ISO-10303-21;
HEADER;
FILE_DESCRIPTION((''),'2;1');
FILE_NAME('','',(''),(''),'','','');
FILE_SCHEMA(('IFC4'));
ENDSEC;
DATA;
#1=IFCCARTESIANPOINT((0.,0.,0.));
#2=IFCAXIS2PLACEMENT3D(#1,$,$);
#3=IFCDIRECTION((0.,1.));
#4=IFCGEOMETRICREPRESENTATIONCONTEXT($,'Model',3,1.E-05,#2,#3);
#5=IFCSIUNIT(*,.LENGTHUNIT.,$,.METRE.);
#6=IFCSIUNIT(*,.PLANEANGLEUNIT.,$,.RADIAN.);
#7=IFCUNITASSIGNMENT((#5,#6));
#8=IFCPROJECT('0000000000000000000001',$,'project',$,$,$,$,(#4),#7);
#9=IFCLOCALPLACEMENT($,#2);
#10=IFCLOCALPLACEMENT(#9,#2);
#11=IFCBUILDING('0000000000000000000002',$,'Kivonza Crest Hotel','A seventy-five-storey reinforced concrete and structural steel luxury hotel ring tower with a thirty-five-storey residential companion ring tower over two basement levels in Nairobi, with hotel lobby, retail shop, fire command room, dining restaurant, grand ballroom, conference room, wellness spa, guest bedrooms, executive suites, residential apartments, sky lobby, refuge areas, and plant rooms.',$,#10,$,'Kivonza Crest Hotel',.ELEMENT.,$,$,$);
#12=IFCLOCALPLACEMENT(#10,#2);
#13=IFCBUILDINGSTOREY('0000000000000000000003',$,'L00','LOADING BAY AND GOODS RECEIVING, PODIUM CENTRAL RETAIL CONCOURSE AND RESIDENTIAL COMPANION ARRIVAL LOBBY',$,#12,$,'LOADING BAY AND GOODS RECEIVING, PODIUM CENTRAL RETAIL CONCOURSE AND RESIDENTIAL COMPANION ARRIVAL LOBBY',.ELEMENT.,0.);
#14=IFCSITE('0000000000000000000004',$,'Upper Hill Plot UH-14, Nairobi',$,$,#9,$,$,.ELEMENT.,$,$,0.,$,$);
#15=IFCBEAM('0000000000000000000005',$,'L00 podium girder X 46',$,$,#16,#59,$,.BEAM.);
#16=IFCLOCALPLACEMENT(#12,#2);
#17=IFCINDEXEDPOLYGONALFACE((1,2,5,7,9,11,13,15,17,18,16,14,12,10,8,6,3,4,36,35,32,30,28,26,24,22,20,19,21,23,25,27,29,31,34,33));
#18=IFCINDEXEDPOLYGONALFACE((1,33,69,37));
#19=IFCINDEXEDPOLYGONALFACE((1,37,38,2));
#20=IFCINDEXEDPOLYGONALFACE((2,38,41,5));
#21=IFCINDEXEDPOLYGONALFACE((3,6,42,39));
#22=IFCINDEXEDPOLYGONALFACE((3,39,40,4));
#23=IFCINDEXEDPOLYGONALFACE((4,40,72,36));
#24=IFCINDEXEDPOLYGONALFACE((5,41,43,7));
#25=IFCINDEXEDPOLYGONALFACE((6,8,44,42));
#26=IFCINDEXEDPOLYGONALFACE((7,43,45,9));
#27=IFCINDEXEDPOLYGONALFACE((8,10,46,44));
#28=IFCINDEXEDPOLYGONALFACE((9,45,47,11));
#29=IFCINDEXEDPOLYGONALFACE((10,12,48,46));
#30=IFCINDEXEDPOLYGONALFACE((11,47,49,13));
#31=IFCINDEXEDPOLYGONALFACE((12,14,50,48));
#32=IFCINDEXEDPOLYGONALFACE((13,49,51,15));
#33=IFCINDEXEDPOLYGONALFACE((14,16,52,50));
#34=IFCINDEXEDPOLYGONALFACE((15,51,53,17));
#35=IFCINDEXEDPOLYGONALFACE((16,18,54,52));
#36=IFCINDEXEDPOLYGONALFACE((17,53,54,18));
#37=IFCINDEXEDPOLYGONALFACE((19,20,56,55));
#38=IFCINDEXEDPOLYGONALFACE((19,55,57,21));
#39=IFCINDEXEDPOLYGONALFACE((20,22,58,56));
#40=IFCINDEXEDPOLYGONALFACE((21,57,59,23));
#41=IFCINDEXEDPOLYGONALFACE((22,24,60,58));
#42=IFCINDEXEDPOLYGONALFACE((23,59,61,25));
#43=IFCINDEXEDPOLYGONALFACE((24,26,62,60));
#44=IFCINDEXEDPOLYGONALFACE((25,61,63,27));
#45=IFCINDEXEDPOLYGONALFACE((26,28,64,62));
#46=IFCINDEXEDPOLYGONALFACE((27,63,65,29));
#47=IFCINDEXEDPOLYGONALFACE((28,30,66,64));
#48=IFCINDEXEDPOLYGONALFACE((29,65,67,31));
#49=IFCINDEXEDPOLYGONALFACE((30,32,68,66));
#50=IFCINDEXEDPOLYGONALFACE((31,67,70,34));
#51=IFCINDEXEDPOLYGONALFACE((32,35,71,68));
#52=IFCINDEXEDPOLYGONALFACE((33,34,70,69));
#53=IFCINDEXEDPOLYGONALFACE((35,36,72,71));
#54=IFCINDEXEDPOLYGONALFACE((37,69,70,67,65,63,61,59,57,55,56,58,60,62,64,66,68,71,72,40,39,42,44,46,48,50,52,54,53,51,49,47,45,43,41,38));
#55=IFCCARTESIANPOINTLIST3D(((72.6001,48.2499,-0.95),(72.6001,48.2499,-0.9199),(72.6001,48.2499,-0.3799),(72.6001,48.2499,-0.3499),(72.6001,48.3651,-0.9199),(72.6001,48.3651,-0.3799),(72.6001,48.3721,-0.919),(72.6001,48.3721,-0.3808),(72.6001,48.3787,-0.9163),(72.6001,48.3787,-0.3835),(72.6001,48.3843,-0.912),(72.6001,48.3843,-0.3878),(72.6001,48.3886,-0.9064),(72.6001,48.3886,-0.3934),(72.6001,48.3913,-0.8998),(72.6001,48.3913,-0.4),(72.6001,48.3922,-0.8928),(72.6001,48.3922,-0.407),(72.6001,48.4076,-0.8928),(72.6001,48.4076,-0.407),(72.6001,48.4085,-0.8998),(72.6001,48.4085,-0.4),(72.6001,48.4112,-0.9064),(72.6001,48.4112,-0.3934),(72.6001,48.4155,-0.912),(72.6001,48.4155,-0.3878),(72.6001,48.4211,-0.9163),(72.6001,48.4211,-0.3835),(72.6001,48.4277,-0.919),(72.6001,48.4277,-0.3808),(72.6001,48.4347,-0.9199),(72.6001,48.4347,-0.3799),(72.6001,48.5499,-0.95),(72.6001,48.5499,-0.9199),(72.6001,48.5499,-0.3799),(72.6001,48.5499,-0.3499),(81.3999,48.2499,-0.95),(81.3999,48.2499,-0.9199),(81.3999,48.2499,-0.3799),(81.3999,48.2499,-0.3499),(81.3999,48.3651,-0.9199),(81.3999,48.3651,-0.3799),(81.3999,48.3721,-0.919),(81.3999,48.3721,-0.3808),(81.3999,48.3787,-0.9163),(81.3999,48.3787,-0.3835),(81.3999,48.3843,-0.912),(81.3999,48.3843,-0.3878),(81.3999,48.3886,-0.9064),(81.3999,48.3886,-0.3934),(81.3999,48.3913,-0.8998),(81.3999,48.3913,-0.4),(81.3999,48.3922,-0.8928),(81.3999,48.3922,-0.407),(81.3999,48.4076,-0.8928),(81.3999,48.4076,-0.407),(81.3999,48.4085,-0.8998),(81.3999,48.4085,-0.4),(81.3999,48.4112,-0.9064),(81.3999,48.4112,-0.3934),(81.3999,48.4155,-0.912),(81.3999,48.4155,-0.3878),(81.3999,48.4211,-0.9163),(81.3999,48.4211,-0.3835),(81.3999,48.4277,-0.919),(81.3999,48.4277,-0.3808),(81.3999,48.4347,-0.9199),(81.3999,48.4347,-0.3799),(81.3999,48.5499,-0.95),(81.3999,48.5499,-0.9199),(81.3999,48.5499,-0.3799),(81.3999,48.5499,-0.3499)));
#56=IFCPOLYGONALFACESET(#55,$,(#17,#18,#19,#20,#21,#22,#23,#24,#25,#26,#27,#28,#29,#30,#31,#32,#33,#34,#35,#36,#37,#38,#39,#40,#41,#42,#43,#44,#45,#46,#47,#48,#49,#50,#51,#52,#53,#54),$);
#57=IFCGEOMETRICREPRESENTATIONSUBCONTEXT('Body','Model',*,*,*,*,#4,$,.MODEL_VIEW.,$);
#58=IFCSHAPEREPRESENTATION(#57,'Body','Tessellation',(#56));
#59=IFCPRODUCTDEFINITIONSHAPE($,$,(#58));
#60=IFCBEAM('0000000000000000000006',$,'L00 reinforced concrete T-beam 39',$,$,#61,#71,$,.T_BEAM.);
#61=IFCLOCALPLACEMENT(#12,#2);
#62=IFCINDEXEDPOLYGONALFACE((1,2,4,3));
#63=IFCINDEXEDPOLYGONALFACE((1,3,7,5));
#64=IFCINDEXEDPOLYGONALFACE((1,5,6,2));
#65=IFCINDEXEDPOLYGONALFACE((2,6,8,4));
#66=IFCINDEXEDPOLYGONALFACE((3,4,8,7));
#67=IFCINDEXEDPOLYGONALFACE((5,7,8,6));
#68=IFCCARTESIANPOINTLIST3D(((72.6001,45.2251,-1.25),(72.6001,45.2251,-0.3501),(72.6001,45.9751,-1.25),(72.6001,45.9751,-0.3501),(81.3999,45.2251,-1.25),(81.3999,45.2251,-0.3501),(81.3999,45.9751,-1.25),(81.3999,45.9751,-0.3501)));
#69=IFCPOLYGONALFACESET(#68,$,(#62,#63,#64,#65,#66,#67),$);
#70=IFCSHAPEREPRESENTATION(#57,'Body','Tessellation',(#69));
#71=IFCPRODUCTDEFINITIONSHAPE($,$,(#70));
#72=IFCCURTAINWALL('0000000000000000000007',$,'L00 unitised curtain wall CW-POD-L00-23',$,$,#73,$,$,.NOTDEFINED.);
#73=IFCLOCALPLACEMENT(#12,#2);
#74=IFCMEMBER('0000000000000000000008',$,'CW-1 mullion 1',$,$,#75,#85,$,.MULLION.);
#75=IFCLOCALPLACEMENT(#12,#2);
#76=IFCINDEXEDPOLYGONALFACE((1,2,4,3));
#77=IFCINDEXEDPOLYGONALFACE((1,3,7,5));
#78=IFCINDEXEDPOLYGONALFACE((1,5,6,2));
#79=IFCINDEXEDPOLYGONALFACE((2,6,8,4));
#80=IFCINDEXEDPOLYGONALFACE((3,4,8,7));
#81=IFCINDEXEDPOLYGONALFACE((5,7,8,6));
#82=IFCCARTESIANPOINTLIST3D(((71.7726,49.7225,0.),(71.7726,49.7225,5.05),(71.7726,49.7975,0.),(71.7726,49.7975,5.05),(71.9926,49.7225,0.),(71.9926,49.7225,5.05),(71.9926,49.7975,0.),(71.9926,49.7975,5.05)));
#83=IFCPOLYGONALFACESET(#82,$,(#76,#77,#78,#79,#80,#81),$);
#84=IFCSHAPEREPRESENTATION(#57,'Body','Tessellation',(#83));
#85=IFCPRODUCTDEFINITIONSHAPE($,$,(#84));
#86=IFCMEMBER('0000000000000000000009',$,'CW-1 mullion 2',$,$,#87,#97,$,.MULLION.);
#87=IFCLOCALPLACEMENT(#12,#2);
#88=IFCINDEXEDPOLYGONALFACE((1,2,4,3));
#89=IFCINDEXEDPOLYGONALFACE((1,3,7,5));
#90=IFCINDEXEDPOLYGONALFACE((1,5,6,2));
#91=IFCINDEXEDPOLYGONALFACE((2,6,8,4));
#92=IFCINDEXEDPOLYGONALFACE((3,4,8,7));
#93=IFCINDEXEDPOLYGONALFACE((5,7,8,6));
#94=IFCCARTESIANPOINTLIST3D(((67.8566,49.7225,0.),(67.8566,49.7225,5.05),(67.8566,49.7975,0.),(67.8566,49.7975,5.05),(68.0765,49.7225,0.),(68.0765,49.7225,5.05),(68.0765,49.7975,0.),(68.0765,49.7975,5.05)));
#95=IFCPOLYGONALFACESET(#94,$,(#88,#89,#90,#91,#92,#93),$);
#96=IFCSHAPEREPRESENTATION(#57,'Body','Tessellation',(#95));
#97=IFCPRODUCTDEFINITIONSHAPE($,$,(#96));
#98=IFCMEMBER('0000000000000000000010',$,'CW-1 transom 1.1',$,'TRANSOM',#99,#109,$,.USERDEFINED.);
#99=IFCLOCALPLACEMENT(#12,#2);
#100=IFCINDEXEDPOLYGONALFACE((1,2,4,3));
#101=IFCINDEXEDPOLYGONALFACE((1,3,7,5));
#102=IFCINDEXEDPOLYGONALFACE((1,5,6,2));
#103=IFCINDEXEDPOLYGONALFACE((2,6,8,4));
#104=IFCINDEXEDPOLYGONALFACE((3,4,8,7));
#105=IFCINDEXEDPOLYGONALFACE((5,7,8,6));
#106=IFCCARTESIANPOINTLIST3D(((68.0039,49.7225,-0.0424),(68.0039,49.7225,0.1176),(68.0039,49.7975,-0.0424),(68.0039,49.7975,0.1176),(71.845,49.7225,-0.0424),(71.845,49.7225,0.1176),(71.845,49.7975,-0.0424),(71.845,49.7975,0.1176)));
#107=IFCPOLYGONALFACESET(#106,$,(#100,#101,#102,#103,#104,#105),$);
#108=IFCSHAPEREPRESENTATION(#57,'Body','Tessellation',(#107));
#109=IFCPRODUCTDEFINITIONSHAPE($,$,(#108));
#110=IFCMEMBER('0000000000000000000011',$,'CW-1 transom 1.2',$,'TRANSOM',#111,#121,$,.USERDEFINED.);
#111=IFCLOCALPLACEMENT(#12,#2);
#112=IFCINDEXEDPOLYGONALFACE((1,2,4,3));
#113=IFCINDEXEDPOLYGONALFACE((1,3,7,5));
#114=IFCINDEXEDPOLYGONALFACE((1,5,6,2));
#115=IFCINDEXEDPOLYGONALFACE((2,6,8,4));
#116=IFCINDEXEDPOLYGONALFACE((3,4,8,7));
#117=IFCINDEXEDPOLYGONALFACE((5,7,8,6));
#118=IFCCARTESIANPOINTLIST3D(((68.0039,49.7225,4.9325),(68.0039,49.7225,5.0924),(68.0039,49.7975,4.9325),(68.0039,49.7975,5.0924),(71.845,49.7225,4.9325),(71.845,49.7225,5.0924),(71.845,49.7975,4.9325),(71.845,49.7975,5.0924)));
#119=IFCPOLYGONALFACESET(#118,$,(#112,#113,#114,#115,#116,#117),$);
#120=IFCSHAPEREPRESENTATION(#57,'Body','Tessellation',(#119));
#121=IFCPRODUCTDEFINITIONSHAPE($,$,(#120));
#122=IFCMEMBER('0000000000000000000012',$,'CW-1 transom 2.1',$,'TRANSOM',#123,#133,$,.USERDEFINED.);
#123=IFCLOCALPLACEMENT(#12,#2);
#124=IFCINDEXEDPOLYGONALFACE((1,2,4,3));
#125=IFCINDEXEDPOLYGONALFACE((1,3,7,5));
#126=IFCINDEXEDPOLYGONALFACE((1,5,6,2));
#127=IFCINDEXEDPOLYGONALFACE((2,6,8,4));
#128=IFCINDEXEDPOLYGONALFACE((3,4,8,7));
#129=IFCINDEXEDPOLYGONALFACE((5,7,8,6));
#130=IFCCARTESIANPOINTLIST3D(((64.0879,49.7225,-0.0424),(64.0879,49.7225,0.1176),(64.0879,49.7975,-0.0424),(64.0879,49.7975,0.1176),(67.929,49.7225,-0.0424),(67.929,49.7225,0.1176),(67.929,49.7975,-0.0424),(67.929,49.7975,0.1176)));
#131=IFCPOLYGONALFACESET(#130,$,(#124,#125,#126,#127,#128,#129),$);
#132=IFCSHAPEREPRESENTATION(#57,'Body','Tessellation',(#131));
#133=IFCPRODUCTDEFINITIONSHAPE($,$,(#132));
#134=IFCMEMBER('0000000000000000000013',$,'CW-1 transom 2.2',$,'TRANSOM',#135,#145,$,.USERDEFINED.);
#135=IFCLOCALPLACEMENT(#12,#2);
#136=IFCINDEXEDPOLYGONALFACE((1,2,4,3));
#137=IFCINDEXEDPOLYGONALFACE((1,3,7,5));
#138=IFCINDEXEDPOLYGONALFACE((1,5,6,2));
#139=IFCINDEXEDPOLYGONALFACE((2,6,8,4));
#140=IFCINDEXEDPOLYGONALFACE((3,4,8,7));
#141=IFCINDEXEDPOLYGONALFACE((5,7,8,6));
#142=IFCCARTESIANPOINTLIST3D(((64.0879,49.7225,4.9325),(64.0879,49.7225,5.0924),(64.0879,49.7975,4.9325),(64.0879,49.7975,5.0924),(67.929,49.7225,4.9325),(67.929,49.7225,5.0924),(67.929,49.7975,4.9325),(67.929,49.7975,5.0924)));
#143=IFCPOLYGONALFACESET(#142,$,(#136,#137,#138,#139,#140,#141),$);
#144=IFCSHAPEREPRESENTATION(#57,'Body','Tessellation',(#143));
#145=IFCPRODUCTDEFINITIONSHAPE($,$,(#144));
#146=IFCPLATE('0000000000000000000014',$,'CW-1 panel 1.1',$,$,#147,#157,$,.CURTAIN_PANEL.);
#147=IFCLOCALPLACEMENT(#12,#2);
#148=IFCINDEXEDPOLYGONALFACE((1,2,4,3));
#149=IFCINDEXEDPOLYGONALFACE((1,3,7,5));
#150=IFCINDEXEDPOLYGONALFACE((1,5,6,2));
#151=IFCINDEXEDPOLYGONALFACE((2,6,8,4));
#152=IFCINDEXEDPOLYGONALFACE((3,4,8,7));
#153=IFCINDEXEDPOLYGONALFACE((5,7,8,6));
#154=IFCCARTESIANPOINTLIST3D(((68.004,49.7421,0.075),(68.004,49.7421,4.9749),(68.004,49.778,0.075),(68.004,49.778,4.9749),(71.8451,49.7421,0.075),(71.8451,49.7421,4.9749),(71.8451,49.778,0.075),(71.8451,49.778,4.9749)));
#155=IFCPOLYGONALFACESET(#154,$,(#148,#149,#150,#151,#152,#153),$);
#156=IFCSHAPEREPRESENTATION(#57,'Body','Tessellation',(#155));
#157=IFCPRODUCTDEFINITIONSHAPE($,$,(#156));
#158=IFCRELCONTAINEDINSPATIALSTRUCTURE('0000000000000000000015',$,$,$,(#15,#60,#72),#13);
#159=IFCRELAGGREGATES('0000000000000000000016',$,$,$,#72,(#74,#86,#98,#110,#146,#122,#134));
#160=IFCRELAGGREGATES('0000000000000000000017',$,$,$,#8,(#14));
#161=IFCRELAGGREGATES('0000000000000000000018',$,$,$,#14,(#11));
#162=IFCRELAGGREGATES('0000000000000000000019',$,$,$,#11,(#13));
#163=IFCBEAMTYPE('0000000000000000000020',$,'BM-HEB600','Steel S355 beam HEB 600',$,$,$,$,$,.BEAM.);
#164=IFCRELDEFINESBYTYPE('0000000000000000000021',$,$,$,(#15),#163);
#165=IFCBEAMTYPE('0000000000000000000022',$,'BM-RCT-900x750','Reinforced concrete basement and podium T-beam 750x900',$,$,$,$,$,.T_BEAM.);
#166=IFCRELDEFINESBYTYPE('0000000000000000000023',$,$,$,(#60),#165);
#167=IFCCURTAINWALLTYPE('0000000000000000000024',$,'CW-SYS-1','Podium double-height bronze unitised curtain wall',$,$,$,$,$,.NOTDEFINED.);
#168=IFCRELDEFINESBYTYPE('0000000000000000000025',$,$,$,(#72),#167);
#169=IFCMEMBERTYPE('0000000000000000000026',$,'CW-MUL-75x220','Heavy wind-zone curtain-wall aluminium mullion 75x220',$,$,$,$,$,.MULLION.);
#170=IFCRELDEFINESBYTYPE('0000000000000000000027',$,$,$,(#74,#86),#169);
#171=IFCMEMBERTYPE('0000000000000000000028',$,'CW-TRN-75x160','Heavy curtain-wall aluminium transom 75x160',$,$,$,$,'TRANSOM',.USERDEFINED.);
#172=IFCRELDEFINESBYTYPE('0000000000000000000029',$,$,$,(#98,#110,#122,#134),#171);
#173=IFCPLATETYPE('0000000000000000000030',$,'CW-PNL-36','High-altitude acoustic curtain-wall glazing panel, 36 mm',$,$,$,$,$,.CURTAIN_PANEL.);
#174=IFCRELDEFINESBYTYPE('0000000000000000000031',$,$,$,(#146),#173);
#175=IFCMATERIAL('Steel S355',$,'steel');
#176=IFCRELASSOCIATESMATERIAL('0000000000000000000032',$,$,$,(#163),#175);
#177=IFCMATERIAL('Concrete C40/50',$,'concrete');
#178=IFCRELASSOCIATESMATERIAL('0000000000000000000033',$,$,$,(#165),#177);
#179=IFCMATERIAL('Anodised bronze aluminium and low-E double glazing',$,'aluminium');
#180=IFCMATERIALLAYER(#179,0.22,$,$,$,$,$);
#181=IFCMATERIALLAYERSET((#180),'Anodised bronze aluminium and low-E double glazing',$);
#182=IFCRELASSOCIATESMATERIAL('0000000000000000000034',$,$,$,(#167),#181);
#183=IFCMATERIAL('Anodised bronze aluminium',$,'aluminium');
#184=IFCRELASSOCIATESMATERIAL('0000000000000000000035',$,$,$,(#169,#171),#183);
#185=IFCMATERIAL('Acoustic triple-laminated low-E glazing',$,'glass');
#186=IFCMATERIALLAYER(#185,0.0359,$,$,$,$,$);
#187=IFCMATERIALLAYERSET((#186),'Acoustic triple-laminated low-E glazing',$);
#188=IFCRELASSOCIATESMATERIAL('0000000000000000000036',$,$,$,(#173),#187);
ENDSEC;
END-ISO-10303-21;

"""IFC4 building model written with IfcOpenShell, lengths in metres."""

from ifc_helpers import new_model, si_unit, direction, frame, origin, origin_2d, place, context, subcontext, project, spatial, rectangle, i_section, extrude, material, layer, layer_set, material_profile, profile_set, type_object, element, aggregate, save


model = new_model("IFC4")

# Units and contexts
model_context = context("Model", 3, precision=1e-05, world=origin(), true_north=direction((0.0, 1.0)))
body_context = subcontext(model_context, "Body", "Model", "MODEL_VIEW")
ifc_project = project(units=[si_unit("LENGTHUNIT", "METRE"), si_unit("PLANEANGLEUNIT", "RADIAN")], contexts=[model_context])

# Site, building, storey
site_placement = place(None, origin())
site = spatial("IfcSite", under=ifc_project, at=site_placement, Name="Upper Hill Plot UH-14, Nairobi", CompositionType="ELEMENT", RefElevation=0.0)
building_placement = place(site_placement, origin())
building = spatial("IfcBuilding", under=site, at=building_placement, Name="Kivonza Crest Hotel", Description="A seventy-five-storey reinforced concrete and structural steel luxury hotel ring tower with a thirty-five-storey residential companion ring tower over two basement levels in Nairobi, with hotel lobby, retail shop, fire command room, dining restaurant, grand ballroom, conference room, wellness spa, guest bedrooms, executive suites, residential apartments, sky lobby, refuge areas, and plant rooms.", LongName="Kivonza Crest Hotel", CompositionType="ELEMENT")
storey_placement = place(building_placement, origin())
storey = spatial("IfcBuildingStorey", under=building, at=storey_placement, Name="L00", Description="LOADING BAY AND GOODS RECEIVING, PODIUM CENTRAL RETAIL CONCOURSE AND RESIDENTIAL COMPANION ARRIVAL LOBBY", LongName="LOADING BAY AND GOODS RECEIVING, PODIUM CENTRAL RETAIL CONCOURSE AND RESIDENTIAL COMPANION ARRIVAL LOBBY", CompositionType="ELEMENT", Elevation=0.0)

# Beams
ifc_material_1 = material(Name="Steel S355", Category="steel")
ifc_material_profile_1 = material_profile(ifc_material_1, i_section(OverallWidth=0.3, OverallDepth=0.6001, WebThickness=0.0154, FlangeThickness=0.03, FilletRadius=0.0271, at=origin_2d()), Name="HEB 600")
ifc_profile_set_1 = profile_set([ifc_material_profile_1], Name="Steel S355")
beam_type_1 = type_object("IfcBeamType", Name="BM-HEB600", Description="Steel S355 beam HEB 600", PredefinedType="BEAM", material=ifc_profile_set_1)
beam_1_placement = place(storey_placement, frame((72.6001, 48.3999, -0.6499), z_axis=(1.0, 0.0, 0.0), x_axis=(0.0, 1.0, 0.0)))
element("IfcBeam", 1, at=beam_1_placement, inside=storey, type_object=beam_type_1, Name="L00 podium girder X 46", PredefinedType="BEAM", context=body_context, shape_type="SweptSolid", body=[
    extrude(i_section(OverallWidth=0.3, OverallDepth=0.6001, WebThickness=0.0154, FlangeThickness=0.03, FilletRadius=0.0271, at=origin_2d()), origin(), (0.0, 0.0, 1.0), 8.7998),
])
ifc_material_2 = material(Name="Concrete C40/50", Category="concrete")
ifc_material_profile_2 = material_profile(ifc_material_2, rectangle(XDim=0.75, YDim=0.8999, at=origin_2d()), Name="RC 900x750")
ifc_profile_set_2 = profile_set([ifc_material_profile_2], Name="Concrete C40/50")
beam_type_2 = type_object("IfcBeamType", Name="BM-RCT-900x750", Description="Reinforced concrete basement and podium T-beam 750x900", PredefinedType="T_BEAM", material=ifc_profile_set_2)
beam_2_placement = place(storey_placement, frame((72.6001, 45.6001, -0.8), z_axis=(1.0, 0.0, 0.0), x_axis=(0.0, 1.0, 0.0)))
element("IfcBeam", 2, at=beam_2_placement, inside=storey, type_object=beam_type_2, Name="L00 reinforced concrete T-beam 39", PredefinedType="T_BEAM", context=body_context, shape_type="SweptSolid", body=[
    extrude(rectangle(XDim=0.75, YDim=0.8999, at=origin_2d()), origin(), (0.0, 0.0, 1.0), 8.7998),
])

# Curtain wall, members, plate
ifc_material_3 = material(Name="Anodised bronze aluminium and low-E double glazing", Category="aluminium")
ifc_layer_1 = layer(ifc_material_3, 0.22)
ifc_layer_set_1 = layer_set([ifc_layer_1], Name="Anodised bronze aluminium and low-E double glazing")
curtain_wall_type = type_object("IfcCurtainWallType", Name="CW-SYS-1", Description="Podium double-height bronze unitised curtain wall", PredefinedType="NOTDEFINED", material=ifc_layer_set_1)
curtain_wall_placement = place(storey_placement, origin())
curtain_wall = element("IfcCurtainWall", 3, at=curtain_wall_placement, inside=storey, type_object=curtain_wall_type, Name="L00 unitised curtain wall CW-POD-L00-23", PredefinedType="NOTDEFINED")
ifc_material_4 = material(Name="Anodised bronze aluminium", Category="aluminium")
ifc_material_profile_3 = material_profile(ifc_material_4, rectangle(XDim=0.075, YDim=0.22, at=origin_2d()), Name="CW-M 75x220")
ifc_profile_set_3 = profile_set([ifc_material_profile_3], Name="Anodised bronze aluminium")
member_type_1 = type_object("IfcMemberType", Name="CW-MUL-75x220", Description="Heavy wind-zone curtain-wall aluminium mullion 75x220", PredefinedType="MULLION", material=ifc_profile_set_3)
member_1_placement = place(storey_placement, frame((71.8826, 49.76, 0.0), z_axis=(0.0, 0.0, 1.0), x_axis=(0.0, -1.0, 0.0)))
member_1 = element("IfcMember", 4, at=member_1_placement, type_object=member_type_1, Name="CW-1 mullion 1", PredefinedType="MULLION", context=body_context, shape_type="SweptSolid", body=[
    extrude(rectangle(XDim=0.075, YDim=0.22, at=origin_2d()), origin(), (0.0, 0.0, 1.0), 5.05),
])
member_2_placement = place(storey_placement, frame((67.9666, 49.76, 0.0), z_axis=(0.0, 0.0, 1.0), x_axis=(0.0, -1.0, 0.0)))
member_2 = element("IfcMember", 5, at=member_2_placement, type_object=member_type_1, Name="CW-1 mullion 2", PredefinedType="MULLION", context=body_context, shape_type="SweptSolid", body=[
    extrude(rectangle(XDim=0.075, YDim=0.22, at=origin_2d()), origin(), (0.0, 0.0, 1.0), 5.05),
])
ifc_material_profile_4 = material_profile(ifc_material_4, rectangle(XDim=0.075, YDim=0.1599, at=origin_2d()), Name="CW-T 75x160")
ifc_profile_set_4 = profile_set([ifc_material_profile_4], Name="Anodised bronze aluminium")
member_type_2 = type_object("IfcMemberType", Name="CW-TRN-75x160", Description="Heavy curtain-wall aluminium transom 75x160", ElementType="TRANSOM", PredefinedType="USERDEFINED", material=ifc_profile_set_4)
member_3_placement = place(storey_placement, frame((71.845, 49.76, 0.0376), z_axis=(-1.0, 0.0, 0.0), x_axis=(0.0, -1.0, 0.0)))
member_3 = element("IfcMember", 6, at=member_3_placement, type_object=member_type_2, Name="CW-1 transom 1.1", ObjectType="TRANSOM", PredefinedType="USERDEFINED", context=body_context, shape_type="SweptSolid", body=[
    extrude(rectangle(XDim=0.075, YDim=0.1599, at=origin_2d()), origin(), (0.0, 0.0, 1.0), 3.8411),
])
member_4_placement = place(storey_placement, frame((71.845, 49.76, 5.0125), z_axis=(-1.0, 0.0, 0.0), x_axis=(0.0, -1.0, 0.0)))
member_4 = element("IfcMember", 7, at=member_4_placement, type_object=member_type_2, Name="CW-1 transom 1.2", ObjectType="TRANSOM", PredefinedType="USERDEFINED", context=body_context, shape_type="SweptSolid", body=[
    extrude(rectangle(XDim=0.075, YDim=0.1599, at=origin_2d()), origin(), (0.0, 0.0, 1.0), 3.8411),
])
member_5_placement = place(storey_placement, frame((67.929, 49.76, 0.0376), z_axis=(-1.0, 0.0, 0.0), x_axis=(0.0, -1.0, 0.0)))
member_5 = element("IfcMember", 8, at=member_5_placement, type_object=member_type_2, Name="CW-1 transom 2.1", ObjectType="TRANSOM", PredefinedType="USERDEFINED", context=body_context, shape_type="SweptSolid", body=[
    extrude(rectangle(XDim=0.075, YDim=0.1599, at=origin_2d()), origin(), (0.0, 0.0, 1.0), 3.8411),
])
member_6_placement = place(storey_placement, frame((67.929, 49.76, 5.0125), z_axis=(-1.0, 0.0, 0.0), x_axis=(0.0, -1.0, 0.0)))
member_6 = element("IfcMember", 9, at=member_6_placement, type_object=member_type_2, Name="CW-1 transom 2.2", ObjectType="TRANSOM", PredefinedType="USERDEFINED", context=body_context, shape_type="SweptSolid", body=[
    extrude(rectangle(XDim=0.075, YDim=0.1599, at=origin_2d()), origin(), (0.0, 0.0, 1.0), 3.8411),
])
ifc_material_5 = material(Name="Acoustic triple-laminated low-E glazing", Category="glass")
ifc_layer_2 = layer(ifc_material_5, 0.0359)
ifc_layer_set_2 = layer_set([ifc_layer_2], Name="Acoustic triple-laminated low-E glazing")
plate_type = type_object("IfcPlateType", Name="CW-PNL-36", Description="High-altitude acoustic curtain-wall glazing panel, 36 mm", PredefinedType="CURTAIN_PANEL", material=ifc_layer_set_2)
plate_placement = place(storey_placement, frame((69.9246, 49.76, 0.075), z_axis=(0.0, 0.0, 1.0), x_axis=(-1.0, 0.0, 0.0)))
plate = element("IfcPlate", 10, at=plate_placement, type_object=plate_type, Name="CW-1 panel 1.1", PredefinedType="CURTAIN_PANEL", context=body_context, shape_type="SweptSolid", body=[
    extrude(rectangle(XDim=3.8411, YDim=0.0359, at=origin_2d()), origin(), (0.0, 0.0, 1.0), 4.8999),
])
aggregate(curtain_wall, [member_1, member_2, member_3, member_4, plate, member_5, member_6])

save(model, "model.ifc")
